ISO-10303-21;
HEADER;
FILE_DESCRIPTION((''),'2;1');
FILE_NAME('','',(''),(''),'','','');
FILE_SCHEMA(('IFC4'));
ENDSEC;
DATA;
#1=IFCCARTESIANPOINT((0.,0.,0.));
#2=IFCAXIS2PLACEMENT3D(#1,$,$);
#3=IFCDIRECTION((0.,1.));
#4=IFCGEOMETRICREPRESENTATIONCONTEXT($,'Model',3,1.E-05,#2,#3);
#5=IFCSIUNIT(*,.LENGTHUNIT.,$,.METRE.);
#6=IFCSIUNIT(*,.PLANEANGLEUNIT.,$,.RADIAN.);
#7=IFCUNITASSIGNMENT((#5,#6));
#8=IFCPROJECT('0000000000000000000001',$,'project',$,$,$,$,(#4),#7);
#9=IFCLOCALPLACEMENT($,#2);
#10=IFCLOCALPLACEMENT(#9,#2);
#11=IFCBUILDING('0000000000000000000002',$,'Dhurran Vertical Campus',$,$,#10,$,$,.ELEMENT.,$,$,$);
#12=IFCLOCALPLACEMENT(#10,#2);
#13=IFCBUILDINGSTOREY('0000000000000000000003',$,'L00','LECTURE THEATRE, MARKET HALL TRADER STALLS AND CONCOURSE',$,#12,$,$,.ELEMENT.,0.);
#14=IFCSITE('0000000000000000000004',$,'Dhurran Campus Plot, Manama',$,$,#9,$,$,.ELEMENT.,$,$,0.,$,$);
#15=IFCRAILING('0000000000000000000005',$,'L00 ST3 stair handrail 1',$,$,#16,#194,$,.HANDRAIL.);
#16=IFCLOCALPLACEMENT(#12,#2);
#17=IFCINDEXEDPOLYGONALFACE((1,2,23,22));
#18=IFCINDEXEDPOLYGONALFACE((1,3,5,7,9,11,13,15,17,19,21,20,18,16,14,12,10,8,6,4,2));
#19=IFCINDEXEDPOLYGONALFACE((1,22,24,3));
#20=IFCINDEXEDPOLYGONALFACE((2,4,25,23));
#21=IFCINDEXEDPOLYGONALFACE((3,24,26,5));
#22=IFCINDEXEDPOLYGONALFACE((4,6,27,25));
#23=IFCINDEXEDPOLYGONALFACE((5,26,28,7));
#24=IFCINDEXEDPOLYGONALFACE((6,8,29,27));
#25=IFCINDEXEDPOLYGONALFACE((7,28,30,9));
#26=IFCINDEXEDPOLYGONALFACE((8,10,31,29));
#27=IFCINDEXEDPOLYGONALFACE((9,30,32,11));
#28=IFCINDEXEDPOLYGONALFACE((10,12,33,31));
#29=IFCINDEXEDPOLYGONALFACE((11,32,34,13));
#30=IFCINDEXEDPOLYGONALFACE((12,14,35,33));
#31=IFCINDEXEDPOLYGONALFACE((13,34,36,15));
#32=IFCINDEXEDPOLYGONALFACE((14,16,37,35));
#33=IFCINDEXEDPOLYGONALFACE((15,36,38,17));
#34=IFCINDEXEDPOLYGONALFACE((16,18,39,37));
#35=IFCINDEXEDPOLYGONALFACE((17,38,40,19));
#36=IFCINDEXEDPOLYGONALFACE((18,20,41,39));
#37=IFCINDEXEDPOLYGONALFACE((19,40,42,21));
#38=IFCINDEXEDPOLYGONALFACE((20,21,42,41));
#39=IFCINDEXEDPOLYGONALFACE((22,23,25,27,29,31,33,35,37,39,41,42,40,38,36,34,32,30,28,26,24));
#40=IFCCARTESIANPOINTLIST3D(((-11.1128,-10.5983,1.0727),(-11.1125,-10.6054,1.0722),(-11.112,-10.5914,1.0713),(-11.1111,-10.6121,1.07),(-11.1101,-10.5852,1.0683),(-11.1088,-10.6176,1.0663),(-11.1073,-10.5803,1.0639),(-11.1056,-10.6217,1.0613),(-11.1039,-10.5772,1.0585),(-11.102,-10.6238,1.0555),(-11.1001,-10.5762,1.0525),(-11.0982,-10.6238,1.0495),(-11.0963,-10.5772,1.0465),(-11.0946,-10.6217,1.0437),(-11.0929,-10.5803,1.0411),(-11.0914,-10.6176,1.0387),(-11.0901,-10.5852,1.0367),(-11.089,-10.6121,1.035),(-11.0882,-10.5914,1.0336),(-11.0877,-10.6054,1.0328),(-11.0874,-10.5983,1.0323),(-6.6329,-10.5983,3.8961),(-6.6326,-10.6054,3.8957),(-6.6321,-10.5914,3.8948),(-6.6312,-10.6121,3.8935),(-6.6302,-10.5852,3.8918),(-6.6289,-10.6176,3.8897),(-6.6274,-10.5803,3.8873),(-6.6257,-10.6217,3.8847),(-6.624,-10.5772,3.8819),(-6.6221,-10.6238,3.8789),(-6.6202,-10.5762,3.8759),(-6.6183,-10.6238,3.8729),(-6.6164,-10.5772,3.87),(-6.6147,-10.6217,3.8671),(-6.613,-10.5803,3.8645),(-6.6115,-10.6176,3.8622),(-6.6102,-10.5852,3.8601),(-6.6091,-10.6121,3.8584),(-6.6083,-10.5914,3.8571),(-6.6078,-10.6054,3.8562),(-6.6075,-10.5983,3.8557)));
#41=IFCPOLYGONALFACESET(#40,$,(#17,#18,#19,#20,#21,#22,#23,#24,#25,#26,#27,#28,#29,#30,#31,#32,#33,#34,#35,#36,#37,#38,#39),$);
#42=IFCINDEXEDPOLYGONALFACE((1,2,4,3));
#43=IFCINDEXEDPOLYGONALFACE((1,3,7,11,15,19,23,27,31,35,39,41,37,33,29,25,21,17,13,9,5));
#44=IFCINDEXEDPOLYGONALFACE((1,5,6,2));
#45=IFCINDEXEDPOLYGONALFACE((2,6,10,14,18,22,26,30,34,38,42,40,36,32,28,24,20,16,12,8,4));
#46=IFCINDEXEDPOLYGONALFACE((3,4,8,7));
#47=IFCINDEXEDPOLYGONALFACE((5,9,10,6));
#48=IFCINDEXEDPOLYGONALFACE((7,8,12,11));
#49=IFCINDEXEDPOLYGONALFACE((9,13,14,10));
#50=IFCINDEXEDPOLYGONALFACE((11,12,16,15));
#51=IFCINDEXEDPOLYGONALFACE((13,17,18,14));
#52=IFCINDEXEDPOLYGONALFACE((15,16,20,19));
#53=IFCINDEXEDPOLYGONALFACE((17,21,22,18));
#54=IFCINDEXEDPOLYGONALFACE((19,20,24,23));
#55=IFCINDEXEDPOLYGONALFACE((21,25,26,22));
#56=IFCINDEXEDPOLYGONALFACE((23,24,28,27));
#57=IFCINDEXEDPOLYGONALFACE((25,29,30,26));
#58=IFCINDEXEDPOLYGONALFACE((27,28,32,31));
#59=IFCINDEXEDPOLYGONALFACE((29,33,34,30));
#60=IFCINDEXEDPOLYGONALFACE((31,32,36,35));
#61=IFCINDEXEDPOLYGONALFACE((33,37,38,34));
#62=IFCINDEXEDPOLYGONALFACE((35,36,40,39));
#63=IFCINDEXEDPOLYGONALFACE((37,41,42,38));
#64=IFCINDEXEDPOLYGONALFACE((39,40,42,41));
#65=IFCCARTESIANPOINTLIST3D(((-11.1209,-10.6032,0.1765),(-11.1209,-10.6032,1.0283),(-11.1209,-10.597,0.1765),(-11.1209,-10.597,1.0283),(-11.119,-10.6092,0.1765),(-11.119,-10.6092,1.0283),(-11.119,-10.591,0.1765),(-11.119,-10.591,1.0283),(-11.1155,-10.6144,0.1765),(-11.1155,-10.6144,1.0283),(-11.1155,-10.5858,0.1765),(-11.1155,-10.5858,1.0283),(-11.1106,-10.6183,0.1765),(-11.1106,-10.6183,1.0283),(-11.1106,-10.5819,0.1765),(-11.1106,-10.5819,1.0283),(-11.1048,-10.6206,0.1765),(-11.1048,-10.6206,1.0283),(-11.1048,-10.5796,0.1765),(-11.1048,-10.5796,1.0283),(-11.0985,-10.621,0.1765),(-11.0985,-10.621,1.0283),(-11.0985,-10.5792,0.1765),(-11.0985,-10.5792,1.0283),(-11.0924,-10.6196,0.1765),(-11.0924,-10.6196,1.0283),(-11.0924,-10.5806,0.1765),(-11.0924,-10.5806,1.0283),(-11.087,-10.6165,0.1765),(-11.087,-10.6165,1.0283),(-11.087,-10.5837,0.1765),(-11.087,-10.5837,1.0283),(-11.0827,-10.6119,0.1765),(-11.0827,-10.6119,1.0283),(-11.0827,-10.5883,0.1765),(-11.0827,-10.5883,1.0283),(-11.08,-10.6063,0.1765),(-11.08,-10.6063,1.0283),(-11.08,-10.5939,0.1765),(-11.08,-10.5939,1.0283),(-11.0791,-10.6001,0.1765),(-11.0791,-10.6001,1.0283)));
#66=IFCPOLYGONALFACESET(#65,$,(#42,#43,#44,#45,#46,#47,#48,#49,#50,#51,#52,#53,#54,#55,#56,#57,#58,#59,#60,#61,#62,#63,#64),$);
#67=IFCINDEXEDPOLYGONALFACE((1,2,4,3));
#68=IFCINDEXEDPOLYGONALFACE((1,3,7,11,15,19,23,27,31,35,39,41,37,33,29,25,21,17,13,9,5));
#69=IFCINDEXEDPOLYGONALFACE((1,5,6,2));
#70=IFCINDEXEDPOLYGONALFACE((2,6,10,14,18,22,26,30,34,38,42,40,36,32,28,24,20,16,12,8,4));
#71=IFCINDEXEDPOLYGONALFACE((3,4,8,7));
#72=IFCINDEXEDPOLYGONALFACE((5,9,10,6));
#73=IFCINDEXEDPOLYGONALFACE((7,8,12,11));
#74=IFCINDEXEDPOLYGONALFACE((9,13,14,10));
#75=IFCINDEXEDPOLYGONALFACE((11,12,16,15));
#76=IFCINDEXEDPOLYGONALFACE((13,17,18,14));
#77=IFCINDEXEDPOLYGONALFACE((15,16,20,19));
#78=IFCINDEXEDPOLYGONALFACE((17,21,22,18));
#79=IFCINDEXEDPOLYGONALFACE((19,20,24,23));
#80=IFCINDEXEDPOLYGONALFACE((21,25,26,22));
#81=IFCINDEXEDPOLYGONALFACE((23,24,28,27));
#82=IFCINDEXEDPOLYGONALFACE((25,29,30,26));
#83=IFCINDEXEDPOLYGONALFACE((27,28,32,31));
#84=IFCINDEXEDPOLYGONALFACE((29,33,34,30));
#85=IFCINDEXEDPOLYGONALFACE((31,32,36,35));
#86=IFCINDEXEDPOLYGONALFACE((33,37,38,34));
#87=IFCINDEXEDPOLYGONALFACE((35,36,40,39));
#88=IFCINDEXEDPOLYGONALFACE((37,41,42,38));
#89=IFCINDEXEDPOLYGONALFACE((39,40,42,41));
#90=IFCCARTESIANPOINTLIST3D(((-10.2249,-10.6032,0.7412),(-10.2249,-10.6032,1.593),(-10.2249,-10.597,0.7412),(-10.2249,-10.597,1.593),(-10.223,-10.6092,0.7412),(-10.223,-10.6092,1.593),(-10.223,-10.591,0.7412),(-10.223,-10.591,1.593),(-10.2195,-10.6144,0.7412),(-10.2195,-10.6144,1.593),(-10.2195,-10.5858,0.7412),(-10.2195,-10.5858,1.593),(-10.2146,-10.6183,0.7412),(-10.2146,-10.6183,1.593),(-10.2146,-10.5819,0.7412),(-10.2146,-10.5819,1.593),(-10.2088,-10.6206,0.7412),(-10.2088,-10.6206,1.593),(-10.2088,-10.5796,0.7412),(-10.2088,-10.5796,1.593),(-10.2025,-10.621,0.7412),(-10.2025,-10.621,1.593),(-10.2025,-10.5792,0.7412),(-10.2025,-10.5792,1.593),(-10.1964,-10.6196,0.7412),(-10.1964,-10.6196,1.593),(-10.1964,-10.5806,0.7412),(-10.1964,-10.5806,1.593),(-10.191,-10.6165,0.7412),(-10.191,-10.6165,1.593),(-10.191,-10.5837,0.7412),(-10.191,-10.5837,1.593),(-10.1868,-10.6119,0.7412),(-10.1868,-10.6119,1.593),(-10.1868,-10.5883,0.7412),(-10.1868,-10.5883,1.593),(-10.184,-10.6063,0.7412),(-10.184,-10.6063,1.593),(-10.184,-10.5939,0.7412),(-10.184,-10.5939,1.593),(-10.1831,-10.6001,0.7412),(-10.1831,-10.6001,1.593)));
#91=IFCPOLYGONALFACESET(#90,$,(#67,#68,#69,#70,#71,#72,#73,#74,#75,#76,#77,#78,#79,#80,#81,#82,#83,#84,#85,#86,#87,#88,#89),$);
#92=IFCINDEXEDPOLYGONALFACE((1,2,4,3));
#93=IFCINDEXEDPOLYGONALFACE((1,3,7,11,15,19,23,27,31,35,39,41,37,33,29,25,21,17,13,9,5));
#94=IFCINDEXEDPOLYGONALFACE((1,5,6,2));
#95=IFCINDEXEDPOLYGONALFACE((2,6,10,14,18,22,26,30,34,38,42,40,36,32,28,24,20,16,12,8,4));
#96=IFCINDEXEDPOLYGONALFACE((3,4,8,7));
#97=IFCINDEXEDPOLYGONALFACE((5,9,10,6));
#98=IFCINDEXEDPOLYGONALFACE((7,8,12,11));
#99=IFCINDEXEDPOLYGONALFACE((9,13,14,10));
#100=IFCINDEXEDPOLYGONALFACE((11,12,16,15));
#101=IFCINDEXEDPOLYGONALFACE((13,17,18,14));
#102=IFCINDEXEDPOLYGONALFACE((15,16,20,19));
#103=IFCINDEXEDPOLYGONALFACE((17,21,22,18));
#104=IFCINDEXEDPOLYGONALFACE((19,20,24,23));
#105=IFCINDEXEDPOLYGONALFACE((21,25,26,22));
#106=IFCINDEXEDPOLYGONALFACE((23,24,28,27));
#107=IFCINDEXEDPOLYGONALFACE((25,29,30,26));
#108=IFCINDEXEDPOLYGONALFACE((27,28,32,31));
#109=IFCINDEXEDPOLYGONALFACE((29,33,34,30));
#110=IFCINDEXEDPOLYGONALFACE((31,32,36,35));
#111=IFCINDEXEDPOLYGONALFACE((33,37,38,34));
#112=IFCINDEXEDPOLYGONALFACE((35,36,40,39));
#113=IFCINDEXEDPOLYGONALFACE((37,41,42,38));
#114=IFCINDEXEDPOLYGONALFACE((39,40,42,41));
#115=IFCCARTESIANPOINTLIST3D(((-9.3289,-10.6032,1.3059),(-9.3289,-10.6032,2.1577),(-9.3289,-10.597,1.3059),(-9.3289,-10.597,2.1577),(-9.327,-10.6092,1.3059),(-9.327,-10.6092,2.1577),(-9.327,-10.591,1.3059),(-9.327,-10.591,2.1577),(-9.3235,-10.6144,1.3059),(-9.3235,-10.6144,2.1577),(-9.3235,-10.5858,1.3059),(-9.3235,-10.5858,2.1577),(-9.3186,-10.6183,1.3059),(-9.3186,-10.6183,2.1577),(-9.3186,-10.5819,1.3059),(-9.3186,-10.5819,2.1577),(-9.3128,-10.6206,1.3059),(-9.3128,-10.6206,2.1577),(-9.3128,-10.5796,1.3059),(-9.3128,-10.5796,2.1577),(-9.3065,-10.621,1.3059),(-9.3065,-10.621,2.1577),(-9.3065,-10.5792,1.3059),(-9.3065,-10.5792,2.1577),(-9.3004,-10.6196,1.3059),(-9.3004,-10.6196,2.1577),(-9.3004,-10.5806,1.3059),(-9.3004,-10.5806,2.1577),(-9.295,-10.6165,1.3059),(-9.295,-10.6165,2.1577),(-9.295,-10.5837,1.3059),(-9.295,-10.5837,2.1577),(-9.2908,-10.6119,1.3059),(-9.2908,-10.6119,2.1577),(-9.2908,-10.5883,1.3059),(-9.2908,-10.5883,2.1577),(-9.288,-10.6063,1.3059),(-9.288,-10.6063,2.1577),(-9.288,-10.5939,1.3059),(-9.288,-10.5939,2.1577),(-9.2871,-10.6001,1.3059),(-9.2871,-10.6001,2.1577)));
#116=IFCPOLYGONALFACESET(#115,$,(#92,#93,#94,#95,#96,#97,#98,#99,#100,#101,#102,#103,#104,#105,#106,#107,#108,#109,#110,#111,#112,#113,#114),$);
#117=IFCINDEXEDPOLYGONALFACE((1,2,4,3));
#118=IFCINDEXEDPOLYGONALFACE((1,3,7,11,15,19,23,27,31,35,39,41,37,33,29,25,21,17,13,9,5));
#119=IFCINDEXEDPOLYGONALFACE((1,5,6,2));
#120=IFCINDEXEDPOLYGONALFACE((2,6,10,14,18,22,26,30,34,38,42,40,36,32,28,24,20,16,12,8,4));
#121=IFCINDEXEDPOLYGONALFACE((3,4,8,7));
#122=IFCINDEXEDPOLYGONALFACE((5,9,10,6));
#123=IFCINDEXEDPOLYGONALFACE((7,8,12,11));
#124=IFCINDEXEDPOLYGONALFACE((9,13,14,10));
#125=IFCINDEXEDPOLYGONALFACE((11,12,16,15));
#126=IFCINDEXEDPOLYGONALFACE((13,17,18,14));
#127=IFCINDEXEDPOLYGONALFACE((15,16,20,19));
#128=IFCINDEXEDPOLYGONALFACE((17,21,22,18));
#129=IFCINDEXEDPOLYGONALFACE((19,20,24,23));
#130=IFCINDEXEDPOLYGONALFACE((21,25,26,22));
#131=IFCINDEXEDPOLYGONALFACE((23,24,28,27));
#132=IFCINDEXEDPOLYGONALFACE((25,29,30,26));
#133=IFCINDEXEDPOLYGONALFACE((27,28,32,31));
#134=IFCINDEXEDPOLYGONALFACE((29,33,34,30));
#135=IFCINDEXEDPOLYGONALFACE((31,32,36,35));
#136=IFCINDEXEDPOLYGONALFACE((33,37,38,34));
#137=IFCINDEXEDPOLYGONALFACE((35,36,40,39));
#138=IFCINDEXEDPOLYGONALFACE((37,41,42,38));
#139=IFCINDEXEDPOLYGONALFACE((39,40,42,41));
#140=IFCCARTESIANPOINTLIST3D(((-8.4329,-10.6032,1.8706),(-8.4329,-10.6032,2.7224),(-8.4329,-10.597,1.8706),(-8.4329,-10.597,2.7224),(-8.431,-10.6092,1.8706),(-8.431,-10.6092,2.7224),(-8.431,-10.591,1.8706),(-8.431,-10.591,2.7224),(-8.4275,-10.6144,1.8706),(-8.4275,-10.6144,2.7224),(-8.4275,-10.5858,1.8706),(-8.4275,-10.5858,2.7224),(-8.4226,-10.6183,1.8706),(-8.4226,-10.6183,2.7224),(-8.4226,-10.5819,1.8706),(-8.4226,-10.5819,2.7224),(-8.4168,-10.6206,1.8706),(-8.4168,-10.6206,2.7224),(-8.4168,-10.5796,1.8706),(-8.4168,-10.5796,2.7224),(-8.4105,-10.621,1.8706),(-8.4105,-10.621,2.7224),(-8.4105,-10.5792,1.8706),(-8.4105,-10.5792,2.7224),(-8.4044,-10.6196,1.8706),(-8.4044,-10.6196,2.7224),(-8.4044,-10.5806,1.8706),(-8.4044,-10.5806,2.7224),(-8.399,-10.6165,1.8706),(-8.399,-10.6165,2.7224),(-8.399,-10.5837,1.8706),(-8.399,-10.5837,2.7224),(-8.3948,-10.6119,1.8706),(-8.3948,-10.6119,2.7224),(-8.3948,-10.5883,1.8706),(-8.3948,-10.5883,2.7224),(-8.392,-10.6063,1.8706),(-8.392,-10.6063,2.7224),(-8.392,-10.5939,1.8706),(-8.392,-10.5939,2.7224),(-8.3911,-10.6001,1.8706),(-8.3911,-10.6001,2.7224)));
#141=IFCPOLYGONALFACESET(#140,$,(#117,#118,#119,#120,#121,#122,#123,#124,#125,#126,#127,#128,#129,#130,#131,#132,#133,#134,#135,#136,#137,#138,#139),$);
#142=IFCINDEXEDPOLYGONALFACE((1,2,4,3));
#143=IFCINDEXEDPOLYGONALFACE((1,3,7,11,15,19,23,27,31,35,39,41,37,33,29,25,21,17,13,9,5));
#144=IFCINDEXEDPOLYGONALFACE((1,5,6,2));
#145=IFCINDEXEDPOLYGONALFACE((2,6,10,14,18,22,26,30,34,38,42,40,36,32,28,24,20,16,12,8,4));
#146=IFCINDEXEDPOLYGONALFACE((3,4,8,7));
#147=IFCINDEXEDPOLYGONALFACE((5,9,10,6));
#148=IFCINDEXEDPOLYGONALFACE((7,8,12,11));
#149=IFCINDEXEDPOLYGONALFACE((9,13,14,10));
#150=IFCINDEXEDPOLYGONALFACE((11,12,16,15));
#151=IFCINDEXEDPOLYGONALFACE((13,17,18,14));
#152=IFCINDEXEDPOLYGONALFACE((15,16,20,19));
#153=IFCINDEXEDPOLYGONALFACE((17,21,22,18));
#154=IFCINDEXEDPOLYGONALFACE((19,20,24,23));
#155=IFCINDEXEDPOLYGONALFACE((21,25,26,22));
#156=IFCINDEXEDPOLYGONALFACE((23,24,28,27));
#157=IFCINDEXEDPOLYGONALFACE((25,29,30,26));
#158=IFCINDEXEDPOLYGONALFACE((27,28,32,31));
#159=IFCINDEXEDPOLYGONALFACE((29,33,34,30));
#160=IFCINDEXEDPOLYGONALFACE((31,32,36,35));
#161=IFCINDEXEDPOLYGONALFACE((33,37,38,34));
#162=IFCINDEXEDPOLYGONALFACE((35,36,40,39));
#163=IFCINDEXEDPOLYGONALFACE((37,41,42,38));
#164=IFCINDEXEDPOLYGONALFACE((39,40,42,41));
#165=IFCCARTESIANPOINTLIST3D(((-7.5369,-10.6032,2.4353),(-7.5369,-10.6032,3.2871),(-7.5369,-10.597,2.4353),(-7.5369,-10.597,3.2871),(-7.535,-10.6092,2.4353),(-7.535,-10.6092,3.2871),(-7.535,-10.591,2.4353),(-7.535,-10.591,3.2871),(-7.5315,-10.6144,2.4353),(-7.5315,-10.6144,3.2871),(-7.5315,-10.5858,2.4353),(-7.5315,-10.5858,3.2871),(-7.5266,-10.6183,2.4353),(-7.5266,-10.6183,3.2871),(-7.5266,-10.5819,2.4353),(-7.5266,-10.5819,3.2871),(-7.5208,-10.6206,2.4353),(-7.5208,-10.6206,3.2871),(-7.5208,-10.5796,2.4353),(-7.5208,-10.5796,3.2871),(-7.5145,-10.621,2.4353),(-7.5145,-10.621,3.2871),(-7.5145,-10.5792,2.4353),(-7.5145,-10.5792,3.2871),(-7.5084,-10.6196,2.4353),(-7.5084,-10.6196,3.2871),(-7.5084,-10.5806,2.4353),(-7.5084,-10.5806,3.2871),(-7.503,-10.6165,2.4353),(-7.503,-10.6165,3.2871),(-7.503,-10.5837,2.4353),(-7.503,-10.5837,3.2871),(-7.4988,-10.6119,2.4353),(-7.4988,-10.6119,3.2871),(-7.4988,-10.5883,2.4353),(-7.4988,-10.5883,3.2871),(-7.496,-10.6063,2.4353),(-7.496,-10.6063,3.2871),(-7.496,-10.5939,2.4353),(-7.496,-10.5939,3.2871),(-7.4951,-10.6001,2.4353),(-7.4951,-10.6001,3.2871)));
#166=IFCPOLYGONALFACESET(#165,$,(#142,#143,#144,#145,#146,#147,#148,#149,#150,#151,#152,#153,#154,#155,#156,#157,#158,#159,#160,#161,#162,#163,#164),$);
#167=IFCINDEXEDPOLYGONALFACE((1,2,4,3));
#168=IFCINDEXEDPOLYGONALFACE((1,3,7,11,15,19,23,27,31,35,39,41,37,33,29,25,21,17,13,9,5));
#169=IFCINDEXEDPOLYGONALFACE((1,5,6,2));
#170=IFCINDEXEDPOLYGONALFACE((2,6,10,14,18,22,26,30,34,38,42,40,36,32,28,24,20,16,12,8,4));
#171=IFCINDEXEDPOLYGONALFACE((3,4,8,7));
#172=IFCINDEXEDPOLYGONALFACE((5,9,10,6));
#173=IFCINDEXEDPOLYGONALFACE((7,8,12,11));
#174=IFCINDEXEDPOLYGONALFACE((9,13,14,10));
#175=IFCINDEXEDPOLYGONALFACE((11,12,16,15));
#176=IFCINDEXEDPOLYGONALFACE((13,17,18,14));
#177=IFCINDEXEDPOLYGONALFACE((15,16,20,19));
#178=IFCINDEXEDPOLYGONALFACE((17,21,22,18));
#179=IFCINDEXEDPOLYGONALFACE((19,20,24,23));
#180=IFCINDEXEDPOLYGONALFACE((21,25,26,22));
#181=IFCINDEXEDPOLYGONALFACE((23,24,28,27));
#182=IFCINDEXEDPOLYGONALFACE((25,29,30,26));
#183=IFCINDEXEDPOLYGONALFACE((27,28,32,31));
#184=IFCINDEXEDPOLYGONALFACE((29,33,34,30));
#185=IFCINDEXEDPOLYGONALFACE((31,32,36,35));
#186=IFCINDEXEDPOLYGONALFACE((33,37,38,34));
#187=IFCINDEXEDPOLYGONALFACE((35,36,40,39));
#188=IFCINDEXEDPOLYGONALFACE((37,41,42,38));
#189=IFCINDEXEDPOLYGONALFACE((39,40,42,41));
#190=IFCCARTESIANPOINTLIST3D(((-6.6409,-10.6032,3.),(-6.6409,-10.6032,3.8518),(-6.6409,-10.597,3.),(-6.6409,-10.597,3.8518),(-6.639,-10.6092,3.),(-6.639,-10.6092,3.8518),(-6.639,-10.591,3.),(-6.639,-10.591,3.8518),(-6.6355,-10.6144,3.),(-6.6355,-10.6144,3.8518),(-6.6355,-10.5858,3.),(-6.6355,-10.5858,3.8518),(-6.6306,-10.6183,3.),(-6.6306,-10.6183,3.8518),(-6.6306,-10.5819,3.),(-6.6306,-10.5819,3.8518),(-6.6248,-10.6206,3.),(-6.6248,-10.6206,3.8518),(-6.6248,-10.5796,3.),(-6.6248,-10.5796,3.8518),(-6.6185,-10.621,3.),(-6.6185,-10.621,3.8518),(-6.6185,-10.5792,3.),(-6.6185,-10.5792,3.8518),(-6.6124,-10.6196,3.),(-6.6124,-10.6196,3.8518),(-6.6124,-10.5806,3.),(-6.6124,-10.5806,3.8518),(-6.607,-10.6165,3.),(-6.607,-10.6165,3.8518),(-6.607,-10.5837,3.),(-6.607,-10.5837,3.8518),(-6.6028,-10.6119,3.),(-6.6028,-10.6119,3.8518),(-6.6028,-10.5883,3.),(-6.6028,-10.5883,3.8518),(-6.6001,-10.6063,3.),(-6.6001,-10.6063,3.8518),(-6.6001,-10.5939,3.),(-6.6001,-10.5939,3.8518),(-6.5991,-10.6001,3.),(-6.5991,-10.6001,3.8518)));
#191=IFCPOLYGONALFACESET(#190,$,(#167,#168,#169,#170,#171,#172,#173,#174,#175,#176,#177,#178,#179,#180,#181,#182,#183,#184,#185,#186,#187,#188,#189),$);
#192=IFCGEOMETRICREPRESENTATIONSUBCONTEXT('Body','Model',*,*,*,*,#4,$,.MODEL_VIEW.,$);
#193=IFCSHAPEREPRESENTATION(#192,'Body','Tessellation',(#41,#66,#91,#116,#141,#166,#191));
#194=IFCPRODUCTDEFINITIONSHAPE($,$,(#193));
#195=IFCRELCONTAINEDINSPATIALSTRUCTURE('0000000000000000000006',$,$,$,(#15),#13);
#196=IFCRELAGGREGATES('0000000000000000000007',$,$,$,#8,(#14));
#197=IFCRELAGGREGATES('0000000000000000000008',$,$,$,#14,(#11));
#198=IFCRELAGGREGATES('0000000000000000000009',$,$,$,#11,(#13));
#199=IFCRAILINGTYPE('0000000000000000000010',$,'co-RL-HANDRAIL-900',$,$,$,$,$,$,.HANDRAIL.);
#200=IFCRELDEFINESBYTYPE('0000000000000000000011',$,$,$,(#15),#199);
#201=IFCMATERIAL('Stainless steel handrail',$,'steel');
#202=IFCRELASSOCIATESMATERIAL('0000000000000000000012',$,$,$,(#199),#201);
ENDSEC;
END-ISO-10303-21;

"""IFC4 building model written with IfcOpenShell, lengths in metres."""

from ifc_helpers import new_model, si_unit, direction, frame, origin, origin_2d, place, context, subcontext, project, spatial, circle, extrude, material, type_object, element, save


model = new_model("IFC4")

# Units and contexts
model_context = context("Model", 3, precision=1e-05, world=origin(), true_north=direction((0.0, 1.0)))
body_context = subcontext(model_context, "Body", "Model", "MODEL_VIEW")
ifc_project = project(units=[si_unit("LENGTHUNIT", "METRE"), si_unit("PLANEANGLEUNIT", "RADIAN")], contexts=[model_context])

# Site, building, storey
site_placement = place(None, origin())
site = spatial("IfcSite", under=ifc_project, at=site_placement, Name="Dhurran Campus Plot, Manama", CompositionType="ELEMENT", RefElevation=0.0)
building_placement = place(site_placement, origin())
building = spatial("IfcBuilding", under=site, at=building_placement, Name="Dhurran Vertical Campus", CompositionType="ELEMENT")
storey_placement = place(building_placement, origin())
storey = spatial("IfcBuildingStorey", under=building, at=storey_placement, Name="L00", Description="LECTURE THEATRE, MARKET HALL TRADER STALLS AND CONCOURSE", CompositionType="ELEMENT", Elevation=0.0)

# Railing
ifc_material_1 = material(Name="Stainless steel handrail", Category="steel")
railing_type_1 = type_object("IfcRailingType", Name="co-RL-HANDRAIL-900", PredefinedType="HANDRAIL", material=ifc_material_1)
railing_1_placement = place(storey_placement, frame((-11.1001, -10.6001, 0.1765)))
element("IfcRailing", 1, at=railing_1_placement, inside=storey, type_object=railing_type_1, Name="L00 ST3 stair handrail 1", PredefinedType="HANDRAIL", context=body_context, shape_type="SweptSolid", body=[
    extrude(circle(Radius=0.0239, at=origin_2d()), frame((0.0, 0.0, 0.876), z_axis=(0.845998, 0.0, 0.533186), x_axis=(0.0, 1.0, 0.0)), (0.0, 0.0, 1.0), 5.2954),
    extrude(circle(Radius=0.021, at=origin_2d()), origin(), (0.0, 0.0, 1.0), 0.8518),
    extrude(circle(Radius=0.021, at=origin_2d()), frame((0.896, 0.0, 0.5647)), (0.0, 0.0, 1.0), 0.8518),
    extrude(circle(Radius=0.021, at=origin_2d()), frame((1.792, 0.0, 1.1294)), (0.0, 0.0, 1.0), 0.8518),
    extrude(circle(Radius=0.021, at=origin_2d()), frame((2.688, 0.0, 1.6941)), (0.0, 0.0, 1.0), 0.8518),
    extrude(circle(Radius=0.021, at=origin_2d()), frame((3.584, 0.0, 2.2588)), (0.0, 0.0, 1.0), 0.8518),
    extrude(circle(Radius=0.021, at=origin_2d()), frame((4.48, 0.0, 2.8235)), (0.0, 0.0, 1.0), 0.8518),
])

save(model, "model.ifc")
